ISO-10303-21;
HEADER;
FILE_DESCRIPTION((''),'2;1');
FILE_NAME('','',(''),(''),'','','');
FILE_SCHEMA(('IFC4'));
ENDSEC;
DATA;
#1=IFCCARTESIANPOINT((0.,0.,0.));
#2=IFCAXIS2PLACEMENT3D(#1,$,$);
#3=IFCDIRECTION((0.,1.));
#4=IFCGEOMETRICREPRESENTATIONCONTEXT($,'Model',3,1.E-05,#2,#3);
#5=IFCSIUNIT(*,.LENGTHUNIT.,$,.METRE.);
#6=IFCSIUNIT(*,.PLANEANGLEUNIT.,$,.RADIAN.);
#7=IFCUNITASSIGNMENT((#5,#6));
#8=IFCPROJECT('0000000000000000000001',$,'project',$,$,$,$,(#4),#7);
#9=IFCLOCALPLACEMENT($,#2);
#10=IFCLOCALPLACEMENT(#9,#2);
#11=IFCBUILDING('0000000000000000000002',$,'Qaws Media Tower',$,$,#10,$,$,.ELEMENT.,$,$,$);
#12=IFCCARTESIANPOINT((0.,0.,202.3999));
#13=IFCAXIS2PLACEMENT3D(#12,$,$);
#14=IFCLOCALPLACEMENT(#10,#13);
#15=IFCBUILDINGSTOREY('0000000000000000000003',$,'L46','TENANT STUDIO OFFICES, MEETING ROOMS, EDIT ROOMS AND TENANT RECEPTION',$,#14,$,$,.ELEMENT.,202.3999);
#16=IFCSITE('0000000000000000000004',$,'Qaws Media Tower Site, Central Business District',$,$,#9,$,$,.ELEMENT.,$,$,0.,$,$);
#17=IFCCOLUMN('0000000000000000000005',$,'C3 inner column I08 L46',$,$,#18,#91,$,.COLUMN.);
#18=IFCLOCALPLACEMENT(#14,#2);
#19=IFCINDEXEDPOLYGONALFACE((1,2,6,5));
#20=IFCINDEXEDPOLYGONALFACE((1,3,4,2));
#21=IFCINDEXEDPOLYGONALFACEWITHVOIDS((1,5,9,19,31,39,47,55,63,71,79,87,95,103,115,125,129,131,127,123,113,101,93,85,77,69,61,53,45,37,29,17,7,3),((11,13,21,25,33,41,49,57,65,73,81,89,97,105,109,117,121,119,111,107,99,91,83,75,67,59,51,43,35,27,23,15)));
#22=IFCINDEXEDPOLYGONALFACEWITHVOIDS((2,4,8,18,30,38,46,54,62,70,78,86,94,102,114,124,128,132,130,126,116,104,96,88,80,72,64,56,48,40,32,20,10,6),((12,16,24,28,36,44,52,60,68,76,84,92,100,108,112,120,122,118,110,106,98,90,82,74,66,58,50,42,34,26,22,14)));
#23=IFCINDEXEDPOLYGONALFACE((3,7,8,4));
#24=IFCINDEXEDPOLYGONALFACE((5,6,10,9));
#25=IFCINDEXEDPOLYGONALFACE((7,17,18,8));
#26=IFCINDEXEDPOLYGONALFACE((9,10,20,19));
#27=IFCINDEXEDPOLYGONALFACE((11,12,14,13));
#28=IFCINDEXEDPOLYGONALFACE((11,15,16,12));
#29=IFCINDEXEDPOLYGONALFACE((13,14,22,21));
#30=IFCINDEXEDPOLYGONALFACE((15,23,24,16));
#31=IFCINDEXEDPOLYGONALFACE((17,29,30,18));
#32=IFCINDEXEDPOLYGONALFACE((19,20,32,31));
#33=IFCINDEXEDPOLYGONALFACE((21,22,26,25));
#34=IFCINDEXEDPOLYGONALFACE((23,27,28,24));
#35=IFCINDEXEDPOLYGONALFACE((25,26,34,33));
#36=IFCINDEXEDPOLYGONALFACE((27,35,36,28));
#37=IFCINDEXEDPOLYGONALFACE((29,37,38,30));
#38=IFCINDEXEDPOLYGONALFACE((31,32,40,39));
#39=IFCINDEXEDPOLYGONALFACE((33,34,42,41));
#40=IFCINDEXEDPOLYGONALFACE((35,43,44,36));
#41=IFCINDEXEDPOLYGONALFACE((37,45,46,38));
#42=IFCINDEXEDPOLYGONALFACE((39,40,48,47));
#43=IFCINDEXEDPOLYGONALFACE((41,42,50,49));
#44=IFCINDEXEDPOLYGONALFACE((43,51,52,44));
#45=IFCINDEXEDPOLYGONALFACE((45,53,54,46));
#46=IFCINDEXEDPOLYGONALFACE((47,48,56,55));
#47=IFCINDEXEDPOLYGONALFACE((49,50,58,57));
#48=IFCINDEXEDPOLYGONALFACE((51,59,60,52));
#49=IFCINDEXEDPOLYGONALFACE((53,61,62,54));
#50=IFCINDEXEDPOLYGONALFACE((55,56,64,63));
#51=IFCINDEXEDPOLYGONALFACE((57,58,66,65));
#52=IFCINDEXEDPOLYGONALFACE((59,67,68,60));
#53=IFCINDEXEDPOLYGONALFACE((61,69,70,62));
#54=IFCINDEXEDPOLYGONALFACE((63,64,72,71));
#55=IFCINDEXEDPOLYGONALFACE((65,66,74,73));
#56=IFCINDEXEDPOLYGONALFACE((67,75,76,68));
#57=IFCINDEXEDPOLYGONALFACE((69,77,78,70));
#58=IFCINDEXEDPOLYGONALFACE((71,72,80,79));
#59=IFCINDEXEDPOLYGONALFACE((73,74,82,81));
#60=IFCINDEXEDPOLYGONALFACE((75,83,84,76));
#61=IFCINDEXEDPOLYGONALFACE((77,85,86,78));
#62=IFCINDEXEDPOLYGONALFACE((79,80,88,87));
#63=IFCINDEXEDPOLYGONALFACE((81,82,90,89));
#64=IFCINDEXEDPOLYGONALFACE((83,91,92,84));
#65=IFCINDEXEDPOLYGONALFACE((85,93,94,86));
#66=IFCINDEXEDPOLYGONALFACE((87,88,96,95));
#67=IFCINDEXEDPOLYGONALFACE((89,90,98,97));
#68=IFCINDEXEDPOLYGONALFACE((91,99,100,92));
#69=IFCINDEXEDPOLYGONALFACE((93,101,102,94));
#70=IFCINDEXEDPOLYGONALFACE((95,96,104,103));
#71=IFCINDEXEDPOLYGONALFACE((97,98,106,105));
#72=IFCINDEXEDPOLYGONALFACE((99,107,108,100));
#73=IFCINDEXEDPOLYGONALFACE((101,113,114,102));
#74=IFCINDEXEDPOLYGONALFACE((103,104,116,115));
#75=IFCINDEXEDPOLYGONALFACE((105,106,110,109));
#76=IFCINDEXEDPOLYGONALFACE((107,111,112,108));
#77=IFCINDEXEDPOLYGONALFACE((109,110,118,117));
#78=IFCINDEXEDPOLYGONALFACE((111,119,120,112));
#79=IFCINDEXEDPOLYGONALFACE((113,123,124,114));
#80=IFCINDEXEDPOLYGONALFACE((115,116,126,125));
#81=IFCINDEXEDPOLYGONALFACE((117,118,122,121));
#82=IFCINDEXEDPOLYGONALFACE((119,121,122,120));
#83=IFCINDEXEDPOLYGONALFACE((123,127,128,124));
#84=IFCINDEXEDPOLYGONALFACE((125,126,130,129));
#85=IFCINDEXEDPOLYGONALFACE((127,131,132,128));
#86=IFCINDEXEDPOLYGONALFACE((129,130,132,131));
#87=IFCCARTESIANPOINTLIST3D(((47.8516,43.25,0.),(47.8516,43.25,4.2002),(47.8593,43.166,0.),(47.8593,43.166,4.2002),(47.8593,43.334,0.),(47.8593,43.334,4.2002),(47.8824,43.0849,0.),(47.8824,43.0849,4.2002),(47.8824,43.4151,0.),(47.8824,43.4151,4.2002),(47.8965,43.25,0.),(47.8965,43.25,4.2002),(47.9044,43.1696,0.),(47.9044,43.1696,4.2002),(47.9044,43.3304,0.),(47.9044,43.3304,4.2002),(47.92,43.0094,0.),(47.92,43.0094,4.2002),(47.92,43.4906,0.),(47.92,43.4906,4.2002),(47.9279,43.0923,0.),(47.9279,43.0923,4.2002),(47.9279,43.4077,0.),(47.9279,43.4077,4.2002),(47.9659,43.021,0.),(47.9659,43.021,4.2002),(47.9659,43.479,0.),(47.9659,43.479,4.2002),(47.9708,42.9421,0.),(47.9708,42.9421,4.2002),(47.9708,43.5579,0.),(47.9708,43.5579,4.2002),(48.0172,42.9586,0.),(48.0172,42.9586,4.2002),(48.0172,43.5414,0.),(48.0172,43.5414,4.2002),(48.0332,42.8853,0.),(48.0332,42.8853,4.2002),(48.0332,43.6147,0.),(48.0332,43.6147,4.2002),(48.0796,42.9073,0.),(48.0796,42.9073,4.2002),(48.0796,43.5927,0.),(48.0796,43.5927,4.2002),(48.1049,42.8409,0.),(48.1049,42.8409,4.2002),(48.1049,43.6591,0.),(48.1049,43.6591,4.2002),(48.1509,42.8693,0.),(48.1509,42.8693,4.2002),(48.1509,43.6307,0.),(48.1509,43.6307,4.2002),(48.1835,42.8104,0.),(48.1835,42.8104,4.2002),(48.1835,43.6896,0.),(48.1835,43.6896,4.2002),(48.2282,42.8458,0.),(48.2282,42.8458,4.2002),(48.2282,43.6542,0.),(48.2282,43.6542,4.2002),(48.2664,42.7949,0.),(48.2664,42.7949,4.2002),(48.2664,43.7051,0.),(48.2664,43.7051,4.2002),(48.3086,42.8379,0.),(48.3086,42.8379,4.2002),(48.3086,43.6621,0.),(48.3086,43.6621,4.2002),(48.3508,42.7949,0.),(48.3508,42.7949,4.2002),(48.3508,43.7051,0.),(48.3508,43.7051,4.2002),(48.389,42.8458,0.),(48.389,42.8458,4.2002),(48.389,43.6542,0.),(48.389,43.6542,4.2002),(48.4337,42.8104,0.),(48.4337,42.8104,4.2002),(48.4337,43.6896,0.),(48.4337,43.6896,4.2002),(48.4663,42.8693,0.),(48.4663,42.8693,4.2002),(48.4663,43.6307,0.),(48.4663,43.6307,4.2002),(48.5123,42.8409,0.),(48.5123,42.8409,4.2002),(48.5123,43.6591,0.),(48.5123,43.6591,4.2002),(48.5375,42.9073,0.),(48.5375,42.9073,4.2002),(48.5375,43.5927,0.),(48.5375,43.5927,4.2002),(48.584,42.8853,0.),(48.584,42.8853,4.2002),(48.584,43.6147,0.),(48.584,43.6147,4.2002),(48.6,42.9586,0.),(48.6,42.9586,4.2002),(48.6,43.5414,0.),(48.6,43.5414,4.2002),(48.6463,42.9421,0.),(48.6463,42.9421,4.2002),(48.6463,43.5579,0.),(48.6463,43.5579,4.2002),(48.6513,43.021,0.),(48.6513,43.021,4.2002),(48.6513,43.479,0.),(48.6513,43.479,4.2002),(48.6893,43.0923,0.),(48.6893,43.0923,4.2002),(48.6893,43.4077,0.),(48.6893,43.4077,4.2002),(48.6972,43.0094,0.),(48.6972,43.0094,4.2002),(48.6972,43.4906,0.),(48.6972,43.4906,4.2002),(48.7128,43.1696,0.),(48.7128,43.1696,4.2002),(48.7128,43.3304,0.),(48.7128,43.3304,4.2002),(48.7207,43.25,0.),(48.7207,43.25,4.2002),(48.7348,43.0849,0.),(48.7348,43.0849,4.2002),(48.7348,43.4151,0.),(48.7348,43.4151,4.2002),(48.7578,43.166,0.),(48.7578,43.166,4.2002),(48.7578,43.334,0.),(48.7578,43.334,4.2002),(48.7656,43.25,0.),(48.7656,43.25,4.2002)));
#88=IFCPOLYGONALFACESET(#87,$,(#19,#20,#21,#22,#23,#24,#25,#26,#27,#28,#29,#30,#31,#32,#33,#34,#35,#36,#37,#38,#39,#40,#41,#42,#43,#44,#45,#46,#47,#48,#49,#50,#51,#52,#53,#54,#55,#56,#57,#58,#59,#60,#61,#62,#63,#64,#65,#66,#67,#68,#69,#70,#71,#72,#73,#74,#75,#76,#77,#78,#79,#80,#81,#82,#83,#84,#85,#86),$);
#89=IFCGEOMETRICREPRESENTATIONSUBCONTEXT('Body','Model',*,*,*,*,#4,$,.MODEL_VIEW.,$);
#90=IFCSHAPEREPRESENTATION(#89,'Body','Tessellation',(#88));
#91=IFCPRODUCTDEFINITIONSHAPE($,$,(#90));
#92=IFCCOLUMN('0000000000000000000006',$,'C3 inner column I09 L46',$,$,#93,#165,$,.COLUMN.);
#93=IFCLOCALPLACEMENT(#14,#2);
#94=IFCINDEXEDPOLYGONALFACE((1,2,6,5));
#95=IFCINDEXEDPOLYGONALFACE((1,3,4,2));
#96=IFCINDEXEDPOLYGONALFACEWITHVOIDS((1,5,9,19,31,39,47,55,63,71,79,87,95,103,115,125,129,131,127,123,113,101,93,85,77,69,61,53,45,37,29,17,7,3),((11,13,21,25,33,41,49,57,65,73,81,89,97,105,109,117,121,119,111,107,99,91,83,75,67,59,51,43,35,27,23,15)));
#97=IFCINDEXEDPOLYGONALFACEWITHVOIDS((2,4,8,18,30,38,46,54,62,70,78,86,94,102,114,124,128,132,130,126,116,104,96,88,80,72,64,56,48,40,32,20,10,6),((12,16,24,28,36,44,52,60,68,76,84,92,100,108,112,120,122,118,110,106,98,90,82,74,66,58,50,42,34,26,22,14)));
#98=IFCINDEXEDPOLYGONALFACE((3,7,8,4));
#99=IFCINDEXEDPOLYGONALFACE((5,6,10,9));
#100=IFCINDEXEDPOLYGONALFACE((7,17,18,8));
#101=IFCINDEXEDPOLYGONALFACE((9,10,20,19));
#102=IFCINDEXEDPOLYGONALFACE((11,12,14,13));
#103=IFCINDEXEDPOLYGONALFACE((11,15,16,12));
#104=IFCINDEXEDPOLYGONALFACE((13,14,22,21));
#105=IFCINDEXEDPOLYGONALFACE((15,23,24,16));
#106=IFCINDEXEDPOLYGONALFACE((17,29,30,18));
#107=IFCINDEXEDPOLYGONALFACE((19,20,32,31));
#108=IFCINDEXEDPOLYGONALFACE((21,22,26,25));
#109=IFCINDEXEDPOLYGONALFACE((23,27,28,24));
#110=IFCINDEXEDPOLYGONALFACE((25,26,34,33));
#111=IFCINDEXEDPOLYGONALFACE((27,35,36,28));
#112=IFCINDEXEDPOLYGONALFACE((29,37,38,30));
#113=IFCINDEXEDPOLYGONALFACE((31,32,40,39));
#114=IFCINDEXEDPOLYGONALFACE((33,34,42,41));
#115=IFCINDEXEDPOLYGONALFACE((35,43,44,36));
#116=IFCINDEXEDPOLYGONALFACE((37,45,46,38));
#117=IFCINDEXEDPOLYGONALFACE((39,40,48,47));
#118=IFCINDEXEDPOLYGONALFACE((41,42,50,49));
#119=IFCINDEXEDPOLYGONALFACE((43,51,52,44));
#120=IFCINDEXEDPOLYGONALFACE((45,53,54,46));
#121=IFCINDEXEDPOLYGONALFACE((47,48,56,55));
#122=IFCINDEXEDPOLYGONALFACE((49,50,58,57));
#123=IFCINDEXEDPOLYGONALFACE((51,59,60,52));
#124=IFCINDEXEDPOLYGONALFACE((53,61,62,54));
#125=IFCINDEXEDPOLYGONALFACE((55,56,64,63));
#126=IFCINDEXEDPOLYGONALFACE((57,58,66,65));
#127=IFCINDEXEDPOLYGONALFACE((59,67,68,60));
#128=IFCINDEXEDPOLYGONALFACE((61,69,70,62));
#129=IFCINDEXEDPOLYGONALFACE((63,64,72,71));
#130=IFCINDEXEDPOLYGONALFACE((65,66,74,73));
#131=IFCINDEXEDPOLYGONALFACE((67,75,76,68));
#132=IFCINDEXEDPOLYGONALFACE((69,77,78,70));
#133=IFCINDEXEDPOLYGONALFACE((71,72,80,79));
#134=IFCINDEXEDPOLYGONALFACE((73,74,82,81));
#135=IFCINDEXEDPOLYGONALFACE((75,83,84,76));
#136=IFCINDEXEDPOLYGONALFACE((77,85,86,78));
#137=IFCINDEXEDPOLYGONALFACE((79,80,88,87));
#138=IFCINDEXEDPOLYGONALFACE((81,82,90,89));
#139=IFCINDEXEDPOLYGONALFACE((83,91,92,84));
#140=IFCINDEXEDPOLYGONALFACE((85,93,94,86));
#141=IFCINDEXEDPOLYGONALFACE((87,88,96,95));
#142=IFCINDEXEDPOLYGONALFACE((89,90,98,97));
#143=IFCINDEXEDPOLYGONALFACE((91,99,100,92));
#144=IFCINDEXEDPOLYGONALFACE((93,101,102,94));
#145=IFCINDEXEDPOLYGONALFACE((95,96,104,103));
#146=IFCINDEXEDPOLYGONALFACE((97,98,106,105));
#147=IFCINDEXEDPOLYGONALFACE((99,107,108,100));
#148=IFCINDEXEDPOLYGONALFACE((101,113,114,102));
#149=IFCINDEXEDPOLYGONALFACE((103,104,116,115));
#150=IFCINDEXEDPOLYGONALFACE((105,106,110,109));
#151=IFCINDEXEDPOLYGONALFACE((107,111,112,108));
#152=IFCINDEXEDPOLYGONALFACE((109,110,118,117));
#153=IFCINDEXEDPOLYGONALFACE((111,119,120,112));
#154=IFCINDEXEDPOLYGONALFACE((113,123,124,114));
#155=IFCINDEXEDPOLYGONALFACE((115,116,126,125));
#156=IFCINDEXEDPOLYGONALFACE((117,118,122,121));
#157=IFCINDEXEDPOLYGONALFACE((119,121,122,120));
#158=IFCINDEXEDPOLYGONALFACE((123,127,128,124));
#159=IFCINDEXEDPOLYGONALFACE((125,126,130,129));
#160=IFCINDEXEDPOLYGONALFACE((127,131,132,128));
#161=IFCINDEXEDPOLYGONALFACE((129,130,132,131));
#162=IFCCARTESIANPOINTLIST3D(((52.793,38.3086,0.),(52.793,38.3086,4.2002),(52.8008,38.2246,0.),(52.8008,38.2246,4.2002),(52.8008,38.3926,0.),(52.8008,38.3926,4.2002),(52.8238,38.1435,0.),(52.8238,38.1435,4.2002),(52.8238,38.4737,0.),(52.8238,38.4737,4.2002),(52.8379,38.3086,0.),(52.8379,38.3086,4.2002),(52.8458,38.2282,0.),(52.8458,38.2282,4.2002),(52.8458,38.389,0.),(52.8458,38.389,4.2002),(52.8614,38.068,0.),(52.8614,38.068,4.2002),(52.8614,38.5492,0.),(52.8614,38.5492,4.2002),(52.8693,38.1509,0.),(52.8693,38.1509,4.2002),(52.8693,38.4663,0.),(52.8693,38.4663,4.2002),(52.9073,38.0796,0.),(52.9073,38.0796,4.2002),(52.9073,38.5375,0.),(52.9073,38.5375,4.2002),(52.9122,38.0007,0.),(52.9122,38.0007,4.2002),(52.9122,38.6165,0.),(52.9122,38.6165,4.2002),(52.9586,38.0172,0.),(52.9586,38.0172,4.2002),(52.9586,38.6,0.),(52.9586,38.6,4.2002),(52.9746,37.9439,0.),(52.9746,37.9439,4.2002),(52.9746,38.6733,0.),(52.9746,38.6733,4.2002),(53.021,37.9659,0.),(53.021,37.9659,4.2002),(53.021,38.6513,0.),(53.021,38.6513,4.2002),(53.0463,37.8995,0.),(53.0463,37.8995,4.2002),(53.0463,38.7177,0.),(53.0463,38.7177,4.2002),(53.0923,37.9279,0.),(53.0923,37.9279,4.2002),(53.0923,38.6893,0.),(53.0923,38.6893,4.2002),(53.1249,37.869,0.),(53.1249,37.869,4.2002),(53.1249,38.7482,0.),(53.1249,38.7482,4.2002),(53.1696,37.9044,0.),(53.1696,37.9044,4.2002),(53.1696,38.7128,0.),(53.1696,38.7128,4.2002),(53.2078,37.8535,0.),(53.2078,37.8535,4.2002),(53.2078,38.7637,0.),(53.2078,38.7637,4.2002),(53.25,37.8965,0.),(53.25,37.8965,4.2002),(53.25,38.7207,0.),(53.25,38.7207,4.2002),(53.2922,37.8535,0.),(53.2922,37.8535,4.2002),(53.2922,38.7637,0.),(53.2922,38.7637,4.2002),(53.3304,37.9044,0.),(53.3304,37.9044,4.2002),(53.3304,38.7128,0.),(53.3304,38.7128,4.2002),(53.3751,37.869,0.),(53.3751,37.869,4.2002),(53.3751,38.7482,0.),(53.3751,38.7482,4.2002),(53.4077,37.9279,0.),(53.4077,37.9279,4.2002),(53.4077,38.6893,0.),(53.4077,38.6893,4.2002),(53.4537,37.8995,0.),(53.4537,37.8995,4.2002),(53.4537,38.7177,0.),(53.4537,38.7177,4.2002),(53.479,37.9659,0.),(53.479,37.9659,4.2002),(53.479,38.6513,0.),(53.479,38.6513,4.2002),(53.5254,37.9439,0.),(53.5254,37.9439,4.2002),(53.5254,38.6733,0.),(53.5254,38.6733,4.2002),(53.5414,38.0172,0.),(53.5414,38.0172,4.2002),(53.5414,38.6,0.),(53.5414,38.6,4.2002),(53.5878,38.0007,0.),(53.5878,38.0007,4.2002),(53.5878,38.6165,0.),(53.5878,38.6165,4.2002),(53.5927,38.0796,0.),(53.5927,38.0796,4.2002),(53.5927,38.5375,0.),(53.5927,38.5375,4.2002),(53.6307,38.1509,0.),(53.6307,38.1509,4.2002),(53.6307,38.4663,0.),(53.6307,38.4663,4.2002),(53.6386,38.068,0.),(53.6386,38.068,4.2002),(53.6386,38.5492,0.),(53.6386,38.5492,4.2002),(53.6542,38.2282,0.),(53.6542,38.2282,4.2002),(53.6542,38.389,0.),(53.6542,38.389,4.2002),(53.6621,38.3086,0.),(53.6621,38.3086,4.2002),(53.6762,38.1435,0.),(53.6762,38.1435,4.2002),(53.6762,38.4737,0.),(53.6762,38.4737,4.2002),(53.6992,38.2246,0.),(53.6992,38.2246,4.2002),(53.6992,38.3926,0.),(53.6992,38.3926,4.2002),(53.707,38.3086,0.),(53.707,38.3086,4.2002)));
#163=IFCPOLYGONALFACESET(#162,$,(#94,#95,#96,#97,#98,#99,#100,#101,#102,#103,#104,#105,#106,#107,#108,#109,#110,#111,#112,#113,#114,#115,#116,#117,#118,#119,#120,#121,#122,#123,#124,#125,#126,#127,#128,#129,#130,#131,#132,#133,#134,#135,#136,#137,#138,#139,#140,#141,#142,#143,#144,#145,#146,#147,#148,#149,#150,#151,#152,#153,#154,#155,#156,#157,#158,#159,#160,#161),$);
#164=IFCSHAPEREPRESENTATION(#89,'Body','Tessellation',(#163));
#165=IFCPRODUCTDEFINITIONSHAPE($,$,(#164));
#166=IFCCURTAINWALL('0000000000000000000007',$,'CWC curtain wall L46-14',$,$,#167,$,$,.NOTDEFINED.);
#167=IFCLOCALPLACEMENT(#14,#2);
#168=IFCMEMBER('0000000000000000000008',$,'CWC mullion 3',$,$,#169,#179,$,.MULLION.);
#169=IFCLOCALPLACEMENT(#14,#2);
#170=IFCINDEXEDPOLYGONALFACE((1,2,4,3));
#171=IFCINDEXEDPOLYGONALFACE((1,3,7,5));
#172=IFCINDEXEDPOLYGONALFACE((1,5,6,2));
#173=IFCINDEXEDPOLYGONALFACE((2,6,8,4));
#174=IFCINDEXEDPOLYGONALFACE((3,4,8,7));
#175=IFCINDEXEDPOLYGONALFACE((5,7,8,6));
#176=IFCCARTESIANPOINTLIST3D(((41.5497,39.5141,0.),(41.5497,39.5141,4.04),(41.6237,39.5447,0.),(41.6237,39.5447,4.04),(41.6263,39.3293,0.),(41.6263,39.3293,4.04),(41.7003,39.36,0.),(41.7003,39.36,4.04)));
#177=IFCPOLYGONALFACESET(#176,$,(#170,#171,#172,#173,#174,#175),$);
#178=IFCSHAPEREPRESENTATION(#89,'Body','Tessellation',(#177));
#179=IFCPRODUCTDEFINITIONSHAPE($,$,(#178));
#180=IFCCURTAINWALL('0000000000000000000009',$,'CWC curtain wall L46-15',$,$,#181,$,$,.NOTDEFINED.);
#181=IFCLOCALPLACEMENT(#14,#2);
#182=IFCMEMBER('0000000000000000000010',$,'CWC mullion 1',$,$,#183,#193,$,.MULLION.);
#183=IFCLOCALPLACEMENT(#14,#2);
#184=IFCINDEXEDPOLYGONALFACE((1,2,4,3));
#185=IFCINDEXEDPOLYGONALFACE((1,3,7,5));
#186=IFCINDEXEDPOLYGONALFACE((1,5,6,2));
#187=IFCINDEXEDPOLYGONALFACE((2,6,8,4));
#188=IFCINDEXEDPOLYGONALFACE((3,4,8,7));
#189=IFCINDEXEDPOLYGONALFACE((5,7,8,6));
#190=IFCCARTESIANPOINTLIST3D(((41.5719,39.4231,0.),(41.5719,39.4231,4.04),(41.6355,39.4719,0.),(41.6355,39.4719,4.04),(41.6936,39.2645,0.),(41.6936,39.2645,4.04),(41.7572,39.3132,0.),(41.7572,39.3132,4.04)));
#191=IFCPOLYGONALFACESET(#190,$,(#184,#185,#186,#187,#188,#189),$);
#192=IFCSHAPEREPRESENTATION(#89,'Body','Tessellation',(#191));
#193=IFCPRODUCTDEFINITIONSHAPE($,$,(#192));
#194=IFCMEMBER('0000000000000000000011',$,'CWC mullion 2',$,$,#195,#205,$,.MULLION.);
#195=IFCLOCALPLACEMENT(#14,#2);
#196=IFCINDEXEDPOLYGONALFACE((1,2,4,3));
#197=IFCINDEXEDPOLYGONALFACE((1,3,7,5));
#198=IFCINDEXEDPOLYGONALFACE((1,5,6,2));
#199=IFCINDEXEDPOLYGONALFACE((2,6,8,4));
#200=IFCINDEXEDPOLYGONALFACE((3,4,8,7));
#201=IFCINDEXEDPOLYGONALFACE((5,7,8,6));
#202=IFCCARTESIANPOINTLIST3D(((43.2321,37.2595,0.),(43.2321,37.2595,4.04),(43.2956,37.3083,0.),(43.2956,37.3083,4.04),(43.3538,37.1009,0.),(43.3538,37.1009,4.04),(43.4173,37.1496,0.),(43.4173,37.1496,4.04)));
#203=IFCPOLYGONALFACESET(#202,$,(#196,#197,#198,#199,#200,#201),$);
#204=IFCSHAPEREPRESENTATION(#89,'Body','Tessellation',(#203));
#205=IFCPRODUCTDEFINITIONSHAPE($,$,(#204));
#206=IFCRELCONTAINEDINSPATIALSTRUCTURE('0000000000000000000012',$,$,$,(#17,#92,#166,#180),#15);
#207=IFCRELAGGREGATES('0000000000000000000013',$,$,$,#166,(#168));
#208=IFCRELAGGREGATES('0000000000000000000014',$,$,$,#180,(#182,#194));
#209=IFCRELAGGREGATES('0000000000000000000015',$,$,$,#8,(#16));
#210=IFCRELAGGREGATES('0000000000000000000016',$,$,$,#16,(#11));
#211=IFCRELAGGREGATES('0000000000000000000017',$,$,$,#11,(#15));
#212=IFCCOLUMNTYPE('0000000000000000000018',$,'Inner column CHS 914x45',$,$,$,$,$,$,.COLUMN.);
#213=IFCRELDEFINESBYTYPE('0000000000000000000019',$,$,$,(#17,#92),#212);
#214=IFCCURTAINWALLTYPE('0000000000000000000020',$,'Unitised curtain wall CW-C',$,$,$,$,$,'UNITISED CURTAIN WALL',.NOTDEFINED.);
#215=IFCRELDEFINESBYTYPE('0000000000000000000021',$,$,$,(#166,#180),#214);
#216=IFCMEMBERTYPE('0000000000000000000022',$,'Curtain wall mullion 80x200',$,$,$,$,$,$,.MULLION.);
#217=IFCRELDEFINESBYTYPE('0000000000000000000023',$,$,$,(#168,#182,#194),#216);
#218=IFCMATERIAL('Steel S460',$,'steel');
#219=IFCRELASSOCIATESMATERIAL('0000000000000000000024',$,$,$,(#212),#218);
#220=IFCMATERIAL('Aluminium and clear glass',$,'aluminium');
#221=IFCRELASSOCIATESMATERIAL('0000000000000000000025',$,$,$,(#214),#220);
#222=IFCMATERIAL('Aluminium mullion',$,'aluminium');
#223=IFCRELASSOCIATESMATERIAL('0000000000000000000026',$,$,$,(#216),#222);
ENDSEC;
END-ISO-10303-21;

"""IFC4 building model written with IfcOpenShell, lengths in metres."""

from ifc_helpers import new_model, si_unit, direction, frame, origin, origin_2d, place, context, subcontext, project, spatial, rectangle, hollow_circle, extrude, material, material_profile, profile_set, type_object, element, aggregate, save


model = new_model("IFC4")

# Units and contexts
model_context = context("Model", 3, precision=1e-05, world=origin(), true_north=direction((0.0, 1.0)))
body_context = subcontext(model_context, "Body", "Model", "MODEL_VIEW")
ifc_project = project(units=[si_unit("LENGTHUNIT", "METRE"), si_unit("PLANEANGLEUNIT", "RADIAN")], contexts=[model_context])

# Site, building, storey
site_placement = place(None, origin())
site = spatial("IfcSite", under=ifc_project, at=site_placement, Name="Qaws Media Tower Site, Central Business District", CompositionType="ELEMENT", RefElevation=0.0)
building_placement = place(site_placement, origin())
building = spatial("IfcBuilding", under=site, at=building_placement, Name="Qaws Media Tower", CompositionType="ELEMENT")
storey_placement = place(building_placement, frame((0.0, 0.0, 202.3999)))
storey = spatial("IfcBuildingStorey", under=building, at=storey_placement, Name="L46", Description="TENANT STUDIO OFFICES, MEETING ROOMS, EDIT ROOMS AND TENANT RECEPTION", CompositionType="ELEMENT", Elevation=202.3999)

# Columns
ifc_material_1 = material(Name="Steel S460", Category="steel")
ifc_material_profile_1 = material_profile(ifc_material_1, hollow_circle(Radius=0.457, WallThickness=0.0449, at=origin_2d()), Name="CHS 914x45")
ifc_profile_set_1 = profile_set([ifc_material_profile_1], Name="Steel S460")
column_type = type_object("IfcColumnType", Name="Inner column CHS 914x45", PredefinedType="COLUMN", material=ifc_profile_set_1)
for number, where, z_axis, x_axis, name in (
    (1, (48.3086, 43.25, 0.0), (0.0, 0.0, 1.0), (1.0, 0.0, 0.0), "C3 inner column I08 L46"),
    (2, (53.25, 38.3086, 0.0), (0.0, 0.0, 1.0), (1.0, 0.0, 0.0), "C3 inner column I09 L46"),
):
    element("IfcColumn", number, at=place(storey_placement, frame(where, z_axis=z_axis, x_axis=x_axis)), inside=storey, type_object=column_type, Name=name, PredefinedType="COLUMN", context=body_context, shape_type="SweptSolid", body=[
        extrude(hollow_circle(Radius=0.457, WallThickness=0.0449, at=origin_2d()), origin(), (0.0, 0.0, 1.0), 4.2002),
    ])

# Curtain wall, member
ifc_material_2 = material(Name="Aluminium and clear glass", Category="aluminium")
curtain_wall_type = type_object("IfcCurtainWallType", Name="Unitised curtain wall CW-C", ElementType="UNITISED CURTAIN WALL", PredefinedType="NOTDEFINED", material=ifc_material_2)
curtain_wall_1_placement = place(storey_placement, origin())
curtain_wall_1 = element("IfcCurtainWall", 3, at=curtain_wall_1_placement, inside=storey, type_object=curtain_wall_type, Name="CWC curtain wall L46-14", PredefinedType="NOTDEFINED")
ifc_material_3 = material(Name="Aluminium mullion", Category="aluminium")
ifc_material_profile_2 = material_profile(ifc_material_3, rectangle(XDim=0.0801, YDim=0.2, at=origin_2d()), Name="80x200")
ifc_profile_set_2 = profile_set([ifc_material_profile_2], Name="Aluminium mullion")
member_type_1 = type_object("IfcMemberType", Name="Curtain wall mullion 80x200", PredefinedType="MULLION", material=ifc_profile_set_2)
member_1_placement = place(storey_placement, frame((41.625, 39.437, 0.0), z_axis=(0.0, 0.0, 1.0), x_axis=(0.92388, 0.382683, 0.0)))
member_1 = element("IfcMember", 4, at=member_1_placement, type_object=member_type_1, Name="CWC mullion 3", PredefinedType="MULLION", context=body_context, shape_type="SweptSolid", body=[
    extrude(rectangle(XDim=0.0801, YDim=0.2, at=origin_2d()), origin(), (0.0, 0.0, 1.0), 4.04),
])
aggregate(curtain_wall_1, [member_1])

# Curtain wall, members
curtain_wall_2_placement = place(storey_placement, origin())
curtain_wall_2 = element("IfcCurtainWall", 5, at=curtain_wall_2_placement, inside=storey, type_object=curtain_wall_type, Name="CWC curtain wall L46-15", PredefinedType="NOTDEFINED")
member_2_placement = place(storey_placement, frame((41.6646, 39.3682, 0.0), z_axis=(0.0, 0.0, 1.0), x_axis=(0.793353, 0.608761, 0.0)))
member_2 = element("IfcMember", 6, at=member_2_placement, type_object=member_type_1, Name="CWC mullion 1", PredefinedType="MULLION", context=body_context, shape_type="SweptSolid", body=[
    extrude(rectangle(XDim=0.0801, YDim=0.2, at=origin_2d()), origin(), (0.0, 0.0, 1.0), 4.04),
])
member_3_placement = place(storey_placement, frame((43.3247, 37.2046, 0.0), z_axis=(0.0, 0.0, 1.0), x_axis=(0.793353, 0.608761, 0.0)))
member_3 = element("IfcMember", 7, at=member_3_placement, type_object=member_type_1, Name="CWC mullion 2", PredefinedType="MULLION", context=body_context, shape_type="SweptSolid", body=[
    extrude(rectangle(XDim=0.0801, YDim=0.2, at=origin_2d()), origin(), (0.0, 0.0, 1.0), 4.04),
])

aggregate(curtain_wall_2, [member_2, member_3])

save(model, "model.ifc")
